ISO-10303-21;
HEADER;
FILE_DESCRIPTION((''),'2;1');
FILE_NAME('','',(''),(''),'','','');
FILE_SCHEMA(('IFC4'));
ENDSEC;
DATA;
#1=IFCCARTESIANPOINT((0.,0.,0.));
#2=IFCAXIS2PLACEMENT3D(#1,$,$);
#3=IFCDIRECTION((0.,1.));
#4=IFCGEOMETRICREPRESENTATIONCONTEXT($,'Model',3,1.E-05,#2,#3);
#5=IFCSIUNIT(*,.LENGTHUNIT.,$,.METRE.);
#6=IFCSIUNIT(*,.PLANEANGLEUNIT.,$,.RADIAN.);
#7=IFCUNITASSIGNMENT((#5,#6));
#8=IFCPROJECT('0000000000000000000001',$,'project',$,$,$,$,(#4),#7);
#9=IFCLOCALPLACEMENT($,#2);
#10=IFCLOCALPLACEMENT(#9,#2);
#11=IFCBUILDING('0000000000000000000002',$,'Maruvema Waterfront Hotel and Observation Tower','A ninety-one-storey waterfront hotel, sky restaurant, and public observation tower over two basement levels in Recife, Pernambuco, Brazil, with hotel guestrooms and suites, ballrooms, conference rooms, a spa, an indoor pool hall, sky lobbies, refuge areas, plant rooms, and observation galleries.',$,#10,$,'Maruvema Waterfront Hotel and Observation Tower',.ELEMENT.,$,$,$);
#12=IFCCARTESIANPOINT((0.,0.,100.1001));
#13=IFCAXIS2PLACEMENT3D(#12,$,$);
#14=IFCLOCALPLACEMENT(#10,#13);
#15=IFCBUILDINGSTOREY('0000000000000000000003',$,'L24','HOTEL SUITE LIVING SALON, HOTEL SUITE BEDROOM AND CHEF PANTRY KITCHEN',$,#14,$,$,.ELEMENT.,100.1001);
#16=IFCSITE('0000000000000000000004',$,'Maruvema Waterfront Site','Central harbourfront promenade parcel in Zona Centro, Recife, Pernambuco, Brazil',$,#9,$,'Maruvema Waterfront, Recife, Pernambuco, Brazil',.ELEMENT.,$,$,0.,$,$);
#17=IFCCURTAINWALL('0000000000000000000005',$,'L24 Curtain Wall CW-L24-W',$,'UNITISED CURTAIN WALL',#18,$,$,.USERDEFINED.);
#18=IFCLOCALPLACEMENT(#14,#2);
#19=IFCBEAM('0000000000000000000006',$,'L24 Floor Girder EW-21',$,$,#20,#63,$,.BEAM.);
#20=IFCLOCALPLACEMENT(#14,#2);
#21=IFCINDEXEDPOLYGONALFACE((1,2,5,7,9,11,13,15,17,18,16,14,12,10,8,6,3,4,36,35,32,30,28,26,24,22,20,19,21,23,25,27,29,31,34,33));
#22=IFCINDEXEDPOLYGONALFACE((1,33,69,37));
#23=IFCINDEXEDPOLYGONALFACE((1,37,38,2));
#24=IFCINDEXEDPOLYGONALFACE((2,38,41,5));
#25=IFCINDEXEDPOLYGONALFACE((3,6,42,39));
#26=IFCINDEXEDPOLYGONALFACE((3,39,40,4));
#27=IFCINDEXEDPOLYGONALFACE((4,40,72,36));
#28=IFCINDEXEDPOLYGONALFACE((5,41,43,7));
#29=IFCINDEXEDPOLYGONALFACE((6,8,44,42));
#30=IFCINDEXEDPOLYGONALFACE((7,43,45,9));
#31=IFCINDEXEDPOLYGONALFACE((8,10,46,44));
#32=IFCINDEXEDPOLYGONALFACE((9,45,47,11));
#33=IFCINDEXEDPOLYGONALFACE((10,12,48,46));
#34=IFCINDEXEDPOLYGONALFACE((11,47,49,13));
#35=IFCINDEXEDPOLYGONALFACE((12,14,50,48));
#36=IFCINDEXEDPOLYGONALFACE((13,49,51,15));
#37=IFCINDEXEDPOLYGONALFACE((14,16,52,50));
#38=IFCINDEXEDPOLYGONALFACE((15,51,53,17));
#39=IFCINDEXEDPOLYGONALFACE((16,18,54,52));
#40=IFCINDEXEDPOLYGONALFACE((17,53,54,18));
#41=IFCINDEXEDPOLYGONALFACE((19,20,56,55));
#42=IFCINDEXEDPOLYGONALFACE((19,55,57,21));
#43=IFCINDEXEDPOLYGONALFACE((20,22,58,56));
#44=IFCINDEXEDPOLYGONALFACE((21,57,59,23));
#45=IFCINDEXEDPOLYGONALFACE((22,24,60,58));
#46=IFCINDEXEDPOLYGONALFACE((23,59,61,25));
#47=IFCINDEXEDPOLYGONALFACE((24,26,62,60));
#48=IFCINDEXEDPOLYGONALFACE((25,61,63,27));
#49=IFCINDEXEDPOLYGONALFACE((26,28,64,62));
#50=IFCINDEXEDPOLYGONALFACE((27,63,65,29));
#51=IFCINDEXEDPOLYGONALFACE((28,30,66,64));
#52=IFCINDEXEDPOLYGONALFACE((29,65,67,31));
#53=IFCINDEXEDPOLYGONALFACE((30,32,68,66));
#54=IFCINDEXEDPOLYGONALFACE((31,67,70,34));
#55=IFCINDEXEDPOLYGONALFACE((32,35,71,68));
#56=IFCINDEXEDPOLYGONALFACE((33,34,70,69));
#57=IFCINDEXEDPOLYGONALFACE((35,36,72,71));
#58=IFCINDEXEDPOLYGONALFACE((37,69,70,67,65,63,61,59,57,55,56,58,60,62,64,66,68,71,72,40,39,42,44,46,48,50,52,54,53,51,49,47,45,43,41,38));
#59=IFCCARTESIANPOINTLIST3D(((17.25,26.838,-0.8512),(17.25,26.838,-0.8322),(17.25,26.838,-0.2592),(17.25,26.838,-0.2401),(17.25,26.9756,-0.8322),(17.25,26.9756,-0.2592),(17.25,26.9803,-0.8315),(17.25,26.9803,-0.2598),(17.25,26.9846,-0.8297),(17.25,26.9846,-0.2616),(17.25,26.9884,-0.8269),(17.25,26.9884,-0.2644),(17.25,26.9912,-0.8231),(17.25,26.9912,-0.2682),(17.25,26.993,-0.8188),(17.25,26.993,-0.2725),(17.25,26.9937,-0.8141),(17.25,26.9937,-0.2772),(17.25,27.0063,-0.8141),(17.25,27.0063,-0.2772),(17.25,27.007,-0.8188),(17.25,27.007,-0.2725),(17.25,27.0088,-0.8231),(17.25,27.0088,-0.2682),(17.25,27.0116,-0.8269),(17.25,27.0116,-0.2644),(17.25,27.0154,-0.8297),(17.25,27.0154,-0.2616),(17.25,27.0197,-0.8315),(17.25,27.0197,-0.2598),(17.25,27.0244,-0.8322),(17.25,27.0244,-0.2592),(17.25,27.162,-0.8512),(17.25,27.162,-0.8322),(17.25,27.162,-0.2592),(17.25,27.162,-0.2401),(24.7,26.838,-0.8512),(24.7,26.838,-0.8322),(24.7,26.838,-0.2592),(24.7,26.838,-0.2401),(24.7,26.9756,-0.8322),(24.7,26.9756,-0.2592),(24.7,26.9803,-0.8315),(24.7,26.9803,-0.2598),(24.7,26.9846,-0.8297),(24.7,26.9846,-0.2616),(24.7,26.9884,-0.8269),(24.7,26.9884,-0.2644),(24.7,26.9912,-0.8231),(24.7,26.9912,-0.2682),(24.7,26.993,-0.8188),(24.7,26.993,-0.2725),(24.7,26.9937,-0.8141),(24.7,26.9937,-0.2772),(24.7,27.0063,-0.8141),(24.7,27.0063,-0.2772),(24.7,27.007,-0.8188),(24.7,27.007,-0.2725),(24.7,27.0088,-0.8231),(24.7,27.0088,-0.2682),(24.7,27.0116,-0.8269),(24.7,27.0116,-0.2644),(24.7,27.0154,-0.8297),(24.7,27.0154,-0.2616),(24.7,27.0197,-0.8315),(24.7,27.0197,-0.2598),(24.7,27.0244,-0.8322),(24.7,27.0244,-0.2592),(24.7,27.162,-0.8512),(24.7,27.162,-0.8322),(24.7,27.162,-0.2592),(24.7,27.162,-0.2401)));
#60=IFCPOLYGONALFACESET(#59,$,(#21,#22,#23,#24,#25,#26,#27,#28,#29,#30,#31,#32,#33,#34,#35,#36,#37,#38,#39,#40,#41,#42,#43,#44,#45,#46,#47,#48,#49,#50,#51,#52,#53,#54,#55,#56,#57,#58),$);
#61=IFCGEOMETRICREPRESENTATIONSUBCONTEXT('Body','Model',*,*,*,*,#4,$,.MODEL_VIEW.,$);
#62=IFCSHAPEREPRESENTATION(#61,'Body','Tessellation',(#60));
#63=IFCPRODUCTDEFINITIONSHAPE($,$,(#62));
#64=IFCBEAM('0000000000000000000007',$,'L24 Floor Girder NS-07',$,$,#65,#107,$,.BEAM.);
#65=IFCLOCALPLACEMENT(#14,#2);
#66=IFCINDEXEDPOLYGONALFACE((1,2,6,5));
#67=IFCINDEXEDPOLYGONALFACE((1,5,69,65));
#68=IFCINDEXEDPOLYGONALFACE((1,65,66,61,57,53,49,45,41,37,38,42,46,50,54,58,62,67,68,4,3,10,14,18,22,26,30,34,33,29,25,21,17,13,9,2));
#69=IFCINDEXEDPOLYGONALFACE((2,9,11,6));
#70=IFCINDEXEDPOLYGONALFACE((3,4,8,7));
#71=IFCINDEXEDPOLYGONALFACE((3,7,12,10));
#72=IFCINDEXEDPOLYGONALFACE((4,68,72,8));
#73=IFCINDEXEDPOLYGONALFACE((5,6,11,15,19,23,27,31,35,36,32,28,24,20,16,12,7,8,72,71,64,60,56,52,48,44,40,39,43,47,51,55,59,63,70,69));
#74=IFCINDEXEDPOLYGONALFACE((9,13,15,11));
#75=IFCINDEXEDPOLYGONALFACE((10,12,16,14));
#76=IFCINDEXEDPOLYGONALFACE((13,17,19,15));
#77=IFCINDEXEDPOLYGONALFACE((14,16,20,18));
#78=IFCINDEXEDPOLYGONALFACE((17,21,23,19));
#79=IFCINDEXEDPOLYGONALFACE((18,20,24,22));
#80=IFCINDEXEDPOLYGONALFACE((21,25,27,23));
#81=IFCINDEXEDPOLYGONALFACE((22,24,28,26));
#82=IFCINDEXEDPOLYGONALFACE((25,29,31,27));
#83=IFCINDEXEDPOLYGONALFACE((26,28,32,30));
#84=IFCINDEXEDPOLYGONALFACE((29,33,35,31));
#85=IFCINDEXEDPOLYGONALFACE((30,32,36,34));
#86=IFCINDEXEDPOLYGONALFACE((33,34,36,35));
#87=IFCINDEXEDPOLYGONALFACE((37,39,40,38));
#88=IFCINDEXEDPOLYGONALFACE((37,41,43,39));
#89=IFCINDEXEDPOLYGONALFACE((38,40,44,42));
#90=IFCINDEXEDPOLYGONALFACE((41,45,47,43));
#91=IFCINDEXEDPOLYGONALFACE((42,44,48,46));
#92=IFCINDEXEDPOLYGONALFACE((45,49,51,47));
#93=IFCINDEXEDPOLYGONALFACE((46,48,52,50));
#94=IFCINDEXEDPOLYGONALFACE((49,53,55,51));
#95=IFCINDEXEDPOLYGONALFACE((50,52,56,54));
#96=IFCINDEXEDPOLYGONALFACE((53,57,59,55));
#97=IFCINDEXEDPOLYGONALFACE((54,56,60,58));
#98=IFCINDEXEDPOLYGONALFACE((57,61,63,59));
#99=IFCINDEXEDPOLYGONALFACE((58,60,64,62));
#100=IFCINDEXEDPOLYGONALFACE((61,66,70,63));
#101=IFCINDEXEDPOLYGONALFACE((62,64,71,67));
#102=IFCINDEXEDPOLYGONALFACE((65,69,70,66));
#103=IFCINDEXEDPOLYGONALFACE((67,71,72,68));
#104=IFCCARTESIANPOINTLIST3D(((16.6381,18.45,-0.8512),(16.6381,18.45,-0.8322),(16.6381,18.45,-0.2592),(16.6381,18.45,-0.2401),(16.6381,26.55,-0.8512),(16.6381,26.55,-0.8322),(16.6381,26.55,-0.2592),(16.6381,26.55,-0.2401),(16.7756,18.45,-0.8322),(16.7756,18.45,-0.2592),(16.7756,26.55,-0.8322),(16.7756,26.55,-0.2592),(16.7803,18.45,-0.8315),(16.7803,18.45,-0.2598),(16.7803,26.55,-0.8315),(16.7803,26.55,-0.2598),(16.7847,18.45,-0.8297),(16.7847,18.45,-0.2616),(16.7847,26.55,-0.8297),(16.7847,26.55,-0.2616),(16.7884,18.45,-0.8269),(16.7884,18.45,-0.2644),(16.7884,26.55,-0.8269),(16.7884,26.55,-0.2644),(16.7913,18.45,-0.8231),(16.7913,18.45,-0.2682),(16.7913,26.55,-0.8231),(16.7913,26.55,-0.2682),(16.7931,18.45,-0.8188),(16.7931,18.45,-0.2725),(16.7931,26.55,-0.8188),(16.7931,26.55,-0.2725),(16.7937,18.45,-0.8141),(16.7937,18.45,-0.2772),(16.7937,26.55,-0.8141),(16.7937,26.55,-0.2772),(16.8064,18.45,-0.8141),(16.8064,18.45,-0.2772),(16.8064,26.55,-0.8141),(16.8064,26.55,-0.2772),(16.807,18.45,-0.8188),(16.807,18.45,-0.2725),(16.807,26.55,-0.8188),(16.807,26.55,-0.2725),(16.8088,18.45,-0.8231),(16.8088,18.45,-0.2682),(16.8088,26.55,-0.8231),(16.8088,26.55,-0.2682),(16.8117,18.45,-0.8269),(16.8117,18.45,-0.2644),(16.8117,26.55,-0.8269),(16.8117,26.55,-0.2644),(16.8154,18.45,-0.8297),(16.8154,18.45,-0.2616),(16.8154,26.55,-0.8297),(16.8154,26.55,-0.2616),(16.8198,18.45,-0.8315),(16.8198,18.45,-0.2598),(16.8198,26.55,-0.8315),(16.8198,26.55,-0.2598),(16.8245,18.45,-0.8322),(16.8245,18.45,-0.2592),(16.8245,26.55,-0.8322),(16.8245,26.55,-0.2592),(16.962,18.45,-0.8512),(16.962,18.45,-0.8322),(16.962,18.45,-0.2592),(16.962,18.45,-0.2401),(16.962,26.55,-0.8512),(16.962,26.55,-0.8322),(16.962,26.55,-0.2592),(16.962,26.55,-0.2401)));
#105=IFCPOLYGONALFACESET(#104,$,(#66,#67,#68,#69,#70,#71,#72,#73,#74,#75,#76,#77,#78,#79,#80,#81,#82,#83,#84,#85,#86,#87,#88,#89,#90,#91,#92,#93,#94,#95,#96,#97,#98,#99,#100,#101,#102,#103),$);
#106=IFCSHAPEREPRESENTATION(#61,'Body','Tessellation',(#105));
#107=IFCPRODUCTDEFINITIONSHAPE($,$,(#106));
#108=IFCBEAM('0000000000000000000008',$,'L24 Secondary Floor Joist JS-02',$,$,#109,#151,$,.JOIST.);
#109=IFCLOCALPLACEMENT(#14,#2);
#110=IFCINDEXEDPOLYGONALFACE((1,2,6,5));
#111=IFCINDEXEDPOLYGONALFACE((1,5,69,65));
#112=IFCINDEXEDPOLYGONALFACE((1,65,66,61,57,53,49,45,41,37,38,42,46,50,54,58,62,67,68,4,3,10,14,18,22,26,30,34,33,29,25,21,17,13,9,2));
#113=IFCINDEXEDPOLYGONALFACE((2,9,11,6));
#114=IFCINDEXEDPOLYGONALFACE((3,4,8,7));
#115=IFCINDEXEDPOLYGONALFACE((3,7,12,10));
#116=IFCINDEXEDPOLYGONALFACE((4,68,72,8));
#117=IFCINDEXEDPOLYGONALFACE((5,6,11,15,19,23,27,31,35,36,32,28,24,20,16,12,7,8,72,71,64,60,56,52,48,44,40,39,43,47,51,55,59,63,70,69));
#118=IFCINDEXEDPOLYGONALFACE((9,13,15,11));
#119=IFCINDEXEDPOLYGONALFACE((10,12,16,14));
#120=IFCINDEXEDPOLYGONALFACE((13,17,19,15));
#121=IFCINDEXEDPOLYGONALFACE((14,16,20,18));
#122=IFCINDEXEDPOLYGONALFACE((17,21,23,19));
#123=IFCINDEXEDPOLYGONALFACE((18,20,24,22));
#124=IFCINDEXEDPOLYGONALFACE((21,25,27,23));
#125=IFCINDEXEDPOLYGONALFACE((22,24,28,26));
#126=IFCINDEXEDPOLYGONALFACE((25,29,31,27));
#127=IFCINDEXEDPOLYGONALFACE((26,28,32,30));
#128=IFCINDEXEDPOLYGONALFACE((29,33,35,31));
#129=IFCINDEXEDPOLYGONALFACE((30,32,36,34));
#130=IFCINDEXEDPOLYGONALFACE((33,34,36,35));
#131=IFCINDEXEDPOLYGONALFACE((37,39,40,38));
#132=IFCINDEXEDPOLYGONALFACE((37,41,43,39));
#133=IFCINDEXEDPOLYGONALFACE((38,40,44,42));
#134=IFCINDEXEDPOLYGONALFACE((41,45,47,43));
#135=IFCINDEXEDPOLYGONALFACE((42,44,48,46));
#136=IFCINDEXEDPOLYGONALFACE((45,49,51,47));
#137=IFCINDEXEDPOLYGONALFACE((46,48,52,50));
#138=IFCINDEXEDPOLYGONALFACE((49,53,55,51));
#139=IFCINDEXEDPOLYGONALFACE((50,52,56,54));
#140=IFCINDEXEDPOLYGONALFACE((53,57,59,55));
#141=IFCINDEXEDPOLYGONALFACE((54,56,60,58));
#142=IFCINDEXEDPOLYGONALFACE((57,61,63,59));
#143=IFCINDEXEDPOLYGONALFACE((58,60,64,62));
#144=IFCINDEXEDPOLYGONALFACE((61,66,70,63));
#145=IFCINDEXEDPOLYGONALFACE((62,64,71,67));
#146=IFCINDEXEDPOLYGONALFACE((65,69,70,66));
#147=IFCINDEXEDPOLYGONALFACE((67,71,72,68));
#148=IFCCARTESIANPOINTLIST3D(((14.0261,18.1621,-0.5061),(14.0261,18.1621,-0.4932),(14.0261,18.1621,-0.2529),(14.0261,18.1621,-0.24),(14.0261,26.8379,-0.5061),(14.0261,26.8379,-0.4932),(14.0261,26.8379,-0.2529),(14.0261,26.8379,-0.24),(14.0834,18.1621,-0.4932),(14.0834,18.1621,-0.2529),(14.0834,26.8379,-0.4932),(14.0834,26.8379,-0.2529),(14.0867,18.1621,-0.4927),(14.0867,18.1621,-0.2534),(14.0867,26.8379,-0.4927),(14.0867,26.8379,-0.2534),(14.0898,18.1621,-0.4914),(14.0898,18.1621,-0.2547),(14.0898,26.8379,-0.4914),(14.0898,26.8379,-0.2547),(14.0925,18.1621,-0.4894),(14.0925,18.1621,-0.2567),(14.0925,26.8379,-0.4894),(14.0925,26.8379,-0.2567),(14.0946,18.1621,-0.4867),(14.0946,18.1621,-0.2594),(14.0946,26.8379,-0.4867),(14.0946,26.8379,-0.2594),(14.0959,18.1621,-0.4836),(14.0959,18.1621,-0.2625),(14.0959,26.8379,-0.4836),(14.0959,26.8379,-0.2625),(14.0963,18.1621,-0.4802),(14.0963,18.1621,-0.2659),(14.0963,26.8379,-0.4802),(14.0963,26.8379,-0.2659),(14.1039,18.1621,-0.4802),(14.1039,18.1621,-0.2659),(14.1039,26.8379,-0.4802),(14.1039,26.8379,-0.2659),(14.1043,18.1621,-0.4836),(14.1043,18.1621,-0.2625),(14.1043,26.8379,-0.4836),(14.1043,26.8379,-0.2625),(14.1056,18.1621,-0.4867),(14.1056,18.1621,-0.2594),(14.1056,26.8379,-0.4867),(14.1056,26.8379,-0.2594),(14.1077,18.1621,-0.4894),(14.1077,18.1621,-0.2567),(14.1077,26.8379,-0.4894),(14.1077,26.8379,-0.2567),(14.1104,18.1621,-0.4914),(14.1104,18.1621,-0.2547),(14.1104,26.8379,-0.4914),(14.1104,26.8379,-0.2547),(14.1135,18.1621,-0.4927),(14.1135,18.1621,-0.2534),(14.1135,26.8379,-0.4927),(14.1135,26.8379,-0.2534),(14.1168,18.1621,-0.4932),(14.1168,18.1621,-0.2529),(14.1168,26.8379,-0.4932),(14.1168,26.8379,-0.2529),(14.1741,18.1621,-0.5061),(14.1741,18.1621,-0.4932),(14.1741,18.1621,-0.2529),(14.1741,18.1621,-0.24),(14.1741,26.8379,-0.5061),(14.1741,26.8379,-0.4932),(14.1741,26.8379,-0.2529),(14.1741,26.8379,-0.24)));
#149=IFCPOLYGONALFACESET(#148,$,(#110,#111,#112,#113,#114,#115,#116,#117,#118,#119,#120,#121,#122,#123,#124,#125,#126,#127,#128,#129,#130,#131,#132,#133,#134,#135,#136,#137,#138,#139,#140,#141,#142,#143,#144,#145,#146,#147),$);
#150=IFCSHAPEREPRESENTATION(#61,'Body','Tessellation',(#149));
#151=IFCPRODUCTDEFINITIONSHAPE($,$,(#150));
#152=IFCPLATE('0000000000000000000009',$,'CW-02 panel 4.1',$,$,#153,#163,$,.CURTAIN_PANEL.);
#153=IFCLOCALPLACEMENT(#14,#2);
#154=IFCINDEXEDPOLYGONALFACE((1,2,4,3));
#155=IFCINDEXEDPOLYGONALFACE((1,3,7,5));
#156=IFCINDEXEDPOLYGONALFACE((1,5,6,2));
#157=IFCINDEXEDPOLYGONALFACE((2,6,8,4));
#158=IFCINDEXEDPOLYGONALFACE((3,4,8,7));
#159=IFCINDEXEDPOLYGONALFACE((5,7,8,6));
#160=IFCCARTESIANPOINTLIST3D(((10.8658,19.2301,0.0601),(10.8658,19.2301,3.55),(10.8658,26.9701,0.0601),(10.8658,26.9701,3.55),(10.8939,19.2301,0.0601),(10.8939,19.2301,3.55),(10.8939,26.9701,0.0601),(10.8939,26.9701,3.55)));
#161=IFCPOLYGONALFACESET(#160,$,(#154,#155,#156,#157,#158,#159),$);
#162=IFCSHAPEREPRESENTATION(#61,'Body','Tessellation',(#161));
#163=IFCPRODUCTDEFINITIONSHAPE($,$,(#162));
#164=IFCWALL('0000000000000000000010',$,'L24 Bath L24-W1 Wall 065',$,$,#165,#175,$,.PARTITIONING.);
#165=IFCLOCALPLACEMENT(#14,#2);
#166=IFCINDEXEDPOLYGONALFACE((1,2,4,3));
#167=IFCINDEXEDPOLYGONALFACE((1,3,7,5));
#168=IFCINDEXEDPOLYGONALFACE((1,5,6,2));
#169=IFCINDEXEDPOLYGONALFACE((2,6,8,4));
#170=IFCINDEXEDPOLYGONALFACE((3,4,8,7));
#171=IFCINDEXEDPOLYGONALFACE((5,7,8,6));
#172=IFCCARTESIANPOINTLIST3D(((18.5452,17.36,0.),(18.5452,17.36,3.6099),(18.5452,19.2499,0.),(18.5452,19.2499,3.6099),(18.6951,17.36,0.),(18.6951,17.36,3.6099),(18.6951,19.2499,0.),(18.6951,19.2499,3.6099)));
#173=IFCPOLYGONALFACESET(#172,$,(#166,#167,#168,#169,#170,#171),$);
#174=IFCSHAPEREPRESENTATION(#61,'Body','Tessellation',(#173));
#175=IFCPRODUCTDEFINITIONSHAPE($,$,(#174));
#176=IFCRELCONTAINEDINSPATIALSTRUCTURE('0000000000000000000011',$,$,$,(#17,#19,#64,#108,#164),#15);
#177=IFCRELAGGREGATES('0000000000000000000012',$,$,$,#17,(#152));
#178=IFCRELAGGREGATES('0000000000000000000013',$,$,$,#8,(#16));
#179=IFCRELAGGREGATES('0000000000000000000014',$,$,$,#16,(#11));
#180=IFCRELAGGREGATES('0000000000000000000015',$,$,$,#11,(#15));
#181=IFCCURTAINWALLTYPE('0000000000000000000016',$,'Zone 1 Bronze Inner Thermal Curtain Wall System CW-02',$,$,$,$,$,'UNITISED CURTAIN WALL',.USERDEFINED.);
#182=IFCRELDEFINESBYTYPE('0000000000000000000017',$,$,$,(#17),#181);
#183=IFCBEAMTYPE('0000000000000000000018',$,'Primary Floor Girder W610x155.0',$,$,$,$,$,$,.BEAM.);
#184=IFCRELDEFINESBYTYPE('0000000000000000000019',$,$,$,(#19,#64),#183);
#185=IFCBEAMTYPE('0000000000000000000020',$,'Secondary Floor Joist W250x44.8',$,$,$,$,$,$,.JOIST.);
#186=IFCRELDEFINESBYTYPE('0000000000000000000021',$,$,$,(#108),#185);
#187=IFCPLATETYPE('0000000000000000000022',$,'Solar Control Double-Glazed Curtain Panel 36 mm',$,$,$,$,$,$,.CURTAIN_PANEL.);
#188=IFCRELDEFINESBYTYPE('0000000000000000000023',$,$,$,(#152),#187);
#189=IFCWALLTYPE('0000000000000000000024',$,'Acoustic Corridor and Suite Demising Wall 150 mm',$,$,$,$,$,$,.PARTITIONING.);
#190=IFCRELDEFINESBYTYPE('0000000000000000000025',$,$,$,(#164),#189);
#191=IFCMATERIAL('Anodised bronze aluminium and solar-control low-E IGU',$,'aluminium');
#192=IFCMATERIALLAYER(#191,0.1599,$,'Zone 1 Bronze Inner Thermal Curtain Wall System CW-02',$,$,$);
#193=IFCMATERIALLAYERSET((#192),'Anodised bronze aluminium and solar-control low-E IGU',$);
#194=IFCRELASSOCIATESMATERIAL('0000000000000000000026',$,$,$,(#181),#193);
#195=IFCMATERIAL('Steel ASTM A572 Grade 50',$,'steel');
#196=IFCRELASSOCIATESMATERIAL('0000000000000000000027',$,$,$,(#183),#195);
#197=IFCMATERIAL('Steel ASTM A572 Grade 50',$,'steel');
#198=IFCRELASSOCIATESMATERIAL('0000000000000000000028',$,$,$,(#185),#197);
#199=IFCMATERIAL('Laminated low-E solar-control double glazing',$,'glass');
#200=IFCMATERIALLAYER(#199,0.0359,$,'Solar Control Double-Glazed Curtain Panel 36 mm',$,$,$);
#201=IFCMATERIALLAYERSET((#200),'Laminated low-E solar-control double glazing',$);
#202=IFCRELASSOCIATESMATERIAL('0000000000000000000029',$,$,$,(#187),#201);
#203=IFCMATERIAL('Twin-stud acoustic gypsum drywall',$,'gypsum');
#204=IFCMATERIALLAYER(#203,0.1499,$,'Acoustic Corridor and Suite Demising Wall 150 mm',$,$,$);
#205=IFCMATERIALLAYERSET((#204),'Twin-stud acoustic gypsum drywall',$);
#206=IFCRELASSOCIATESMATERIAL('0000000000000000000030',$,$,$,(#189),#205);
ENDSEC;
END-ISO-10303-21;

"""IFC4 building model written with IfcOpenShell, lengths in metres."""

from ifc_helpers import new_model, si_unit, direction, frame, frame_2d, origin, origin_2d, place, context, subcontext, project, spatial, rectangle, i_section, extrude, material, layer, layer_set, material_profile, profile_set, type_object, element, aggregate, save


model = new_model("IFC4")

# Units and contexts
model_context = context("Model", 3, precision=1e-05, world=origin(), true_north=direction((0.0, 1.0)))
body_context = subcontext(model_context, "Body", "Model", "MODEL_VIEW")
ifc_project = project(units=[si_unit("LENGTHUNIT", "METRE"), si_unit("PLANEANGLEUNIT", "RADIAN")], contexts=[model_context])

# Site, building, storey
site_placement = place(None, origin())
site = spatial("IfcSite", under=ifc_project, at=site_placement, Name="Maruvema Waterfront Site", Description="Central harbourfront promenade parcel in Zona Centro, Recife, Pernambuco, Brazil", LongName="Maruvema Waterfront, Recife, Pernambuco, Brazil", CompositionType="ELEMENT", RefElevation=0.0)
building_placement = place(site_placement, origin())
building = spatial("IfcBuilding", under=site, at=building_placement, Name="Maruvema Waterfront Hotel and Observation Tower", Description="A ninety-one-storey waterfront hotel, sky restaurant, and public observation tower over two basement levels in Recife, Pernambuco, Brazil, with hotel guestrooms and suites, ballrooms, conference rooms, a spa, an indoor pool hall, sky lobbies, refuge areas, plant rooms, and observation galleries.", LongName="Maruvema Waterfront Hotel and Observation Tower", CompositionType="ELEMENT")
storey_placement = place(building_placement, frame((0.0, 0.0, 100.1001)))
storey = spatial("IfcBuildingStorey", under=building, at=storey_placement, Name="L24", Description="HOTEL SUITE LIVING SALON, HOTEL SUITE BEDROOM AND CHEF PANTRY KITCHEN", CompositionType="ELEMENT", Elevation=100.1001)

# Curtain wall
ifc_material_1 = material(Name="Anodised bronze aluminium and solar-control low-E IGU", Category="aluminium")
ifc_layer_1 = layer(ifc_material_1, 0.1599, Name="Zone 1 Bronze Inner Thermal Curtain Wall System CW-02")
ifc_layer_set_1 = layer_set([ifc_layer_1], Name="Anodised bronze aluminium and solar-control low-E IGU")
curtain_wall_type = type_object("IfcCurtainWallType", Name="Zone 1 Bronze Inner Thermal Curtain Wall System CW-02", ElementType="UNITISED CURTAIN WALL", PredefinedType="USERDEFINED", material=ifc_layer_set_1)
curtain_wall_placement = place(storey_placement, origin())
curtain_wall = element("IfcCurtainWall", 1, at=curtain_wall_placement, inside=storey, type_object=curtain_wall_type, Name="L24 Curtain Wall CW-L24-W", ObjectType="UNITISED CURTAIN WALL", PredefinedType="USERDEFINED")

# Beams
ifc_material_2 = material(Name="Steel ASTM A572 Grade 50", Category="steel")
ifc_material_profile_1 = material_profile(ifc_material_2, i_section(OverallWidth=0.324, OverallDepth=0.6111, WebThickness=0.0127, FlangeThickness=0.019, FilletRadius=0.0181, at=origin_2d()), Name="W610x155.0")
ifc_profile_set_1 = profile_set([ifc_material_profile_1], Name="Steel ASTM A572 Grade 50")
beam_type_1 = type_object("IfcBeamType", Name="Primary Floor Girder W610x155.0", PredefinedType="BEAM", material=ifc_profile_set_1)
beam_1_placement = place(storey_placement, frame((17.25, 27.0, -0.5457), z_axis=(1.0, 0.0, 0.0), x_axis=(0.0, 1.0, 0.0)))
element("IfcBeam", 2, at=beam_1_placement, inside=storey, type_object=beam_type_1, Name="L24 Floor Girder EW-21", PredefinedType="BEAM", context=body_context, shape_type="SweptSolid", body=[
    extrude(i_section(OverallWidth=0.324, OverallDepth=0.6111, WebThickness=0.0127, FlangeThickness=0.019, FilletRadius=0.0181, at=origin_2d()), origin(), (0.0, 0.0, 1.0), 7.45),
])
beam_2_placement = place(storey_placement, frame((16.8, 18.45, -0.5457), z_axis=(0.0, 1.0, 0.0), x_axis=(-1.0, 0.0, 0.0)))
element("IfcBeam", 3, at=beam_2_placement, inside=storey, type_object=beam_type_1, Name="L24 Floor Girder NS-07", PredefinedType="BEAM", context=body_context, shape_type="SweptSolid", body=[
    extrude(i_section(OverallWidth=0.324, OverallDepth=0.6111, WebThickness=0.0127, FlangeThickness=0.019, FilletRadius=0.0181, at=origin_2d()), origin(), (0.0, 0.0, 1.0), 8.1001),
])
ifc_material_3 = material(Name="Steel ASTM A572 Grade 50", Category="steel")
ifc_material_profile_2 = material_profile(ifc_material_3, i_section(OverallWidth=0.1479, OverallDepth=0.2661, WebThickness=0.0076, FlangeThickness=0.0129, FilletRadius=0.0129, at=origin_2d()), Name="W250x44.8")
ifc_profile_set_2 = profile_set([ifc_material_profile_2], Name="Steel ASTM A572 Grade 50")
beam_type_2 = type_object("IfcBeamType", Name="Secondary Floor Joist W250x44.8", PredefinedType="JOIST", material=ifc_profile_set_2)
beam_3_placement = place(storey_placement, frame((14.1001, 18.1621, -0.373), z_axis=(0.0, 1.0, 0.0), x_axis=(-1.0, 0.0, 0.0)))
element("IfcBeam", 4, at=beam_3_placement, inside=storey, type_object=beam_type_2, Name="L24 Secondary Floor Joist JS-02", PredefinedType="JOIST", context=body_context, shape_type="SweptSolid", body=[
    extrude(i_section(OverallWidth=0.1479, OverallDepth=0.2661, WebThickness=0.0076, FlangeThickness=0.0129, FilletRadius=0.0129, at=origin_2d()), origin(), (0.0, 0.0, 1.0), 8.6758),
])

# Plate
ifc_material_4 = material(Name="Laminated low-E solar-control double glazing", Category="glass")
ifc_layer_2 = layer(ifc_material_4, 0.0359, Name="Solar Control Double-Glazed Curtain Panel 36 mm")
ifc_layer_set_2 = layer_set([ifc_layer_2], Name="Laminated low-E solar-control double glazing")
plate_type = type_object("IfcPlateType", Name="Solar Control Double-Glazed Curtain Panel 36 mm", PredefinedType="CURTAIN_PANEL", material=ifc_layer_set_2)
plate_placement = place(storey_placement, frame((10.8799, 23.1001, 0.0601), z_axis=(0.0, 0.0, 1.0), x_axis=(0.0, -1.0, 0.0)))
plate = element("IfcPlate", 5, at=plate_placement, type_object=plate_type, Name="CW-02 panel 4.1", PredefinedType="CURTAIN_PANEL", context=body_context, shape_type="SweptSolid", body=[
    extrude(rectangle(XDim=7.74, YDim=0.0281, at=origin_2d()), origin(), (0.0, 0.0, 1.0), 3.49),
])
aggregate(curtain_wall, [plate])

# Wall
ifc_material_5 = material(Name="Twin-stud acoustic gypsum drywall", Category="gypsum")
ifc_layer_3 = layer(ifc_material_5, 0.1499, Name="Acoustic Corridor and Suite Demising Wall 150 mm")
ifc_layer_set_3 = layer_set([ifc_layer_3], Name="Twin-stud acoustic gypsum drywall")
wall_type_1 = type_object("IfcWallType", Name="Acoustic Corridor and Suite Demising Wall 150 mm", PredefinedType="PARTITIONING", material=ifc_layer_set_3)
wall_1_placement = place(storey_placement, frame((18.6201, 17.3601, 0.0), z_axis=(0.0, 0.0, 1.0), x_axis=(0.0, 1.0, 0.0)))
element("IfcWall", 6, at=wall_1_placement, inside=storey, type_object=wall_type_1, Name="L24 Bath L24-W1 Wall 065", PredefinedType="PARTITIONING", context=body_context, shape_type="SweptSolid", body=[
    extrude(rectangle(XDim=1.8899, YDim=0.1499, at=frame_2d((0.9448, 0.0))), origin(), (0.0, 0.0, 1.0), 3.6099),
])

save(model, "model.ifc")
